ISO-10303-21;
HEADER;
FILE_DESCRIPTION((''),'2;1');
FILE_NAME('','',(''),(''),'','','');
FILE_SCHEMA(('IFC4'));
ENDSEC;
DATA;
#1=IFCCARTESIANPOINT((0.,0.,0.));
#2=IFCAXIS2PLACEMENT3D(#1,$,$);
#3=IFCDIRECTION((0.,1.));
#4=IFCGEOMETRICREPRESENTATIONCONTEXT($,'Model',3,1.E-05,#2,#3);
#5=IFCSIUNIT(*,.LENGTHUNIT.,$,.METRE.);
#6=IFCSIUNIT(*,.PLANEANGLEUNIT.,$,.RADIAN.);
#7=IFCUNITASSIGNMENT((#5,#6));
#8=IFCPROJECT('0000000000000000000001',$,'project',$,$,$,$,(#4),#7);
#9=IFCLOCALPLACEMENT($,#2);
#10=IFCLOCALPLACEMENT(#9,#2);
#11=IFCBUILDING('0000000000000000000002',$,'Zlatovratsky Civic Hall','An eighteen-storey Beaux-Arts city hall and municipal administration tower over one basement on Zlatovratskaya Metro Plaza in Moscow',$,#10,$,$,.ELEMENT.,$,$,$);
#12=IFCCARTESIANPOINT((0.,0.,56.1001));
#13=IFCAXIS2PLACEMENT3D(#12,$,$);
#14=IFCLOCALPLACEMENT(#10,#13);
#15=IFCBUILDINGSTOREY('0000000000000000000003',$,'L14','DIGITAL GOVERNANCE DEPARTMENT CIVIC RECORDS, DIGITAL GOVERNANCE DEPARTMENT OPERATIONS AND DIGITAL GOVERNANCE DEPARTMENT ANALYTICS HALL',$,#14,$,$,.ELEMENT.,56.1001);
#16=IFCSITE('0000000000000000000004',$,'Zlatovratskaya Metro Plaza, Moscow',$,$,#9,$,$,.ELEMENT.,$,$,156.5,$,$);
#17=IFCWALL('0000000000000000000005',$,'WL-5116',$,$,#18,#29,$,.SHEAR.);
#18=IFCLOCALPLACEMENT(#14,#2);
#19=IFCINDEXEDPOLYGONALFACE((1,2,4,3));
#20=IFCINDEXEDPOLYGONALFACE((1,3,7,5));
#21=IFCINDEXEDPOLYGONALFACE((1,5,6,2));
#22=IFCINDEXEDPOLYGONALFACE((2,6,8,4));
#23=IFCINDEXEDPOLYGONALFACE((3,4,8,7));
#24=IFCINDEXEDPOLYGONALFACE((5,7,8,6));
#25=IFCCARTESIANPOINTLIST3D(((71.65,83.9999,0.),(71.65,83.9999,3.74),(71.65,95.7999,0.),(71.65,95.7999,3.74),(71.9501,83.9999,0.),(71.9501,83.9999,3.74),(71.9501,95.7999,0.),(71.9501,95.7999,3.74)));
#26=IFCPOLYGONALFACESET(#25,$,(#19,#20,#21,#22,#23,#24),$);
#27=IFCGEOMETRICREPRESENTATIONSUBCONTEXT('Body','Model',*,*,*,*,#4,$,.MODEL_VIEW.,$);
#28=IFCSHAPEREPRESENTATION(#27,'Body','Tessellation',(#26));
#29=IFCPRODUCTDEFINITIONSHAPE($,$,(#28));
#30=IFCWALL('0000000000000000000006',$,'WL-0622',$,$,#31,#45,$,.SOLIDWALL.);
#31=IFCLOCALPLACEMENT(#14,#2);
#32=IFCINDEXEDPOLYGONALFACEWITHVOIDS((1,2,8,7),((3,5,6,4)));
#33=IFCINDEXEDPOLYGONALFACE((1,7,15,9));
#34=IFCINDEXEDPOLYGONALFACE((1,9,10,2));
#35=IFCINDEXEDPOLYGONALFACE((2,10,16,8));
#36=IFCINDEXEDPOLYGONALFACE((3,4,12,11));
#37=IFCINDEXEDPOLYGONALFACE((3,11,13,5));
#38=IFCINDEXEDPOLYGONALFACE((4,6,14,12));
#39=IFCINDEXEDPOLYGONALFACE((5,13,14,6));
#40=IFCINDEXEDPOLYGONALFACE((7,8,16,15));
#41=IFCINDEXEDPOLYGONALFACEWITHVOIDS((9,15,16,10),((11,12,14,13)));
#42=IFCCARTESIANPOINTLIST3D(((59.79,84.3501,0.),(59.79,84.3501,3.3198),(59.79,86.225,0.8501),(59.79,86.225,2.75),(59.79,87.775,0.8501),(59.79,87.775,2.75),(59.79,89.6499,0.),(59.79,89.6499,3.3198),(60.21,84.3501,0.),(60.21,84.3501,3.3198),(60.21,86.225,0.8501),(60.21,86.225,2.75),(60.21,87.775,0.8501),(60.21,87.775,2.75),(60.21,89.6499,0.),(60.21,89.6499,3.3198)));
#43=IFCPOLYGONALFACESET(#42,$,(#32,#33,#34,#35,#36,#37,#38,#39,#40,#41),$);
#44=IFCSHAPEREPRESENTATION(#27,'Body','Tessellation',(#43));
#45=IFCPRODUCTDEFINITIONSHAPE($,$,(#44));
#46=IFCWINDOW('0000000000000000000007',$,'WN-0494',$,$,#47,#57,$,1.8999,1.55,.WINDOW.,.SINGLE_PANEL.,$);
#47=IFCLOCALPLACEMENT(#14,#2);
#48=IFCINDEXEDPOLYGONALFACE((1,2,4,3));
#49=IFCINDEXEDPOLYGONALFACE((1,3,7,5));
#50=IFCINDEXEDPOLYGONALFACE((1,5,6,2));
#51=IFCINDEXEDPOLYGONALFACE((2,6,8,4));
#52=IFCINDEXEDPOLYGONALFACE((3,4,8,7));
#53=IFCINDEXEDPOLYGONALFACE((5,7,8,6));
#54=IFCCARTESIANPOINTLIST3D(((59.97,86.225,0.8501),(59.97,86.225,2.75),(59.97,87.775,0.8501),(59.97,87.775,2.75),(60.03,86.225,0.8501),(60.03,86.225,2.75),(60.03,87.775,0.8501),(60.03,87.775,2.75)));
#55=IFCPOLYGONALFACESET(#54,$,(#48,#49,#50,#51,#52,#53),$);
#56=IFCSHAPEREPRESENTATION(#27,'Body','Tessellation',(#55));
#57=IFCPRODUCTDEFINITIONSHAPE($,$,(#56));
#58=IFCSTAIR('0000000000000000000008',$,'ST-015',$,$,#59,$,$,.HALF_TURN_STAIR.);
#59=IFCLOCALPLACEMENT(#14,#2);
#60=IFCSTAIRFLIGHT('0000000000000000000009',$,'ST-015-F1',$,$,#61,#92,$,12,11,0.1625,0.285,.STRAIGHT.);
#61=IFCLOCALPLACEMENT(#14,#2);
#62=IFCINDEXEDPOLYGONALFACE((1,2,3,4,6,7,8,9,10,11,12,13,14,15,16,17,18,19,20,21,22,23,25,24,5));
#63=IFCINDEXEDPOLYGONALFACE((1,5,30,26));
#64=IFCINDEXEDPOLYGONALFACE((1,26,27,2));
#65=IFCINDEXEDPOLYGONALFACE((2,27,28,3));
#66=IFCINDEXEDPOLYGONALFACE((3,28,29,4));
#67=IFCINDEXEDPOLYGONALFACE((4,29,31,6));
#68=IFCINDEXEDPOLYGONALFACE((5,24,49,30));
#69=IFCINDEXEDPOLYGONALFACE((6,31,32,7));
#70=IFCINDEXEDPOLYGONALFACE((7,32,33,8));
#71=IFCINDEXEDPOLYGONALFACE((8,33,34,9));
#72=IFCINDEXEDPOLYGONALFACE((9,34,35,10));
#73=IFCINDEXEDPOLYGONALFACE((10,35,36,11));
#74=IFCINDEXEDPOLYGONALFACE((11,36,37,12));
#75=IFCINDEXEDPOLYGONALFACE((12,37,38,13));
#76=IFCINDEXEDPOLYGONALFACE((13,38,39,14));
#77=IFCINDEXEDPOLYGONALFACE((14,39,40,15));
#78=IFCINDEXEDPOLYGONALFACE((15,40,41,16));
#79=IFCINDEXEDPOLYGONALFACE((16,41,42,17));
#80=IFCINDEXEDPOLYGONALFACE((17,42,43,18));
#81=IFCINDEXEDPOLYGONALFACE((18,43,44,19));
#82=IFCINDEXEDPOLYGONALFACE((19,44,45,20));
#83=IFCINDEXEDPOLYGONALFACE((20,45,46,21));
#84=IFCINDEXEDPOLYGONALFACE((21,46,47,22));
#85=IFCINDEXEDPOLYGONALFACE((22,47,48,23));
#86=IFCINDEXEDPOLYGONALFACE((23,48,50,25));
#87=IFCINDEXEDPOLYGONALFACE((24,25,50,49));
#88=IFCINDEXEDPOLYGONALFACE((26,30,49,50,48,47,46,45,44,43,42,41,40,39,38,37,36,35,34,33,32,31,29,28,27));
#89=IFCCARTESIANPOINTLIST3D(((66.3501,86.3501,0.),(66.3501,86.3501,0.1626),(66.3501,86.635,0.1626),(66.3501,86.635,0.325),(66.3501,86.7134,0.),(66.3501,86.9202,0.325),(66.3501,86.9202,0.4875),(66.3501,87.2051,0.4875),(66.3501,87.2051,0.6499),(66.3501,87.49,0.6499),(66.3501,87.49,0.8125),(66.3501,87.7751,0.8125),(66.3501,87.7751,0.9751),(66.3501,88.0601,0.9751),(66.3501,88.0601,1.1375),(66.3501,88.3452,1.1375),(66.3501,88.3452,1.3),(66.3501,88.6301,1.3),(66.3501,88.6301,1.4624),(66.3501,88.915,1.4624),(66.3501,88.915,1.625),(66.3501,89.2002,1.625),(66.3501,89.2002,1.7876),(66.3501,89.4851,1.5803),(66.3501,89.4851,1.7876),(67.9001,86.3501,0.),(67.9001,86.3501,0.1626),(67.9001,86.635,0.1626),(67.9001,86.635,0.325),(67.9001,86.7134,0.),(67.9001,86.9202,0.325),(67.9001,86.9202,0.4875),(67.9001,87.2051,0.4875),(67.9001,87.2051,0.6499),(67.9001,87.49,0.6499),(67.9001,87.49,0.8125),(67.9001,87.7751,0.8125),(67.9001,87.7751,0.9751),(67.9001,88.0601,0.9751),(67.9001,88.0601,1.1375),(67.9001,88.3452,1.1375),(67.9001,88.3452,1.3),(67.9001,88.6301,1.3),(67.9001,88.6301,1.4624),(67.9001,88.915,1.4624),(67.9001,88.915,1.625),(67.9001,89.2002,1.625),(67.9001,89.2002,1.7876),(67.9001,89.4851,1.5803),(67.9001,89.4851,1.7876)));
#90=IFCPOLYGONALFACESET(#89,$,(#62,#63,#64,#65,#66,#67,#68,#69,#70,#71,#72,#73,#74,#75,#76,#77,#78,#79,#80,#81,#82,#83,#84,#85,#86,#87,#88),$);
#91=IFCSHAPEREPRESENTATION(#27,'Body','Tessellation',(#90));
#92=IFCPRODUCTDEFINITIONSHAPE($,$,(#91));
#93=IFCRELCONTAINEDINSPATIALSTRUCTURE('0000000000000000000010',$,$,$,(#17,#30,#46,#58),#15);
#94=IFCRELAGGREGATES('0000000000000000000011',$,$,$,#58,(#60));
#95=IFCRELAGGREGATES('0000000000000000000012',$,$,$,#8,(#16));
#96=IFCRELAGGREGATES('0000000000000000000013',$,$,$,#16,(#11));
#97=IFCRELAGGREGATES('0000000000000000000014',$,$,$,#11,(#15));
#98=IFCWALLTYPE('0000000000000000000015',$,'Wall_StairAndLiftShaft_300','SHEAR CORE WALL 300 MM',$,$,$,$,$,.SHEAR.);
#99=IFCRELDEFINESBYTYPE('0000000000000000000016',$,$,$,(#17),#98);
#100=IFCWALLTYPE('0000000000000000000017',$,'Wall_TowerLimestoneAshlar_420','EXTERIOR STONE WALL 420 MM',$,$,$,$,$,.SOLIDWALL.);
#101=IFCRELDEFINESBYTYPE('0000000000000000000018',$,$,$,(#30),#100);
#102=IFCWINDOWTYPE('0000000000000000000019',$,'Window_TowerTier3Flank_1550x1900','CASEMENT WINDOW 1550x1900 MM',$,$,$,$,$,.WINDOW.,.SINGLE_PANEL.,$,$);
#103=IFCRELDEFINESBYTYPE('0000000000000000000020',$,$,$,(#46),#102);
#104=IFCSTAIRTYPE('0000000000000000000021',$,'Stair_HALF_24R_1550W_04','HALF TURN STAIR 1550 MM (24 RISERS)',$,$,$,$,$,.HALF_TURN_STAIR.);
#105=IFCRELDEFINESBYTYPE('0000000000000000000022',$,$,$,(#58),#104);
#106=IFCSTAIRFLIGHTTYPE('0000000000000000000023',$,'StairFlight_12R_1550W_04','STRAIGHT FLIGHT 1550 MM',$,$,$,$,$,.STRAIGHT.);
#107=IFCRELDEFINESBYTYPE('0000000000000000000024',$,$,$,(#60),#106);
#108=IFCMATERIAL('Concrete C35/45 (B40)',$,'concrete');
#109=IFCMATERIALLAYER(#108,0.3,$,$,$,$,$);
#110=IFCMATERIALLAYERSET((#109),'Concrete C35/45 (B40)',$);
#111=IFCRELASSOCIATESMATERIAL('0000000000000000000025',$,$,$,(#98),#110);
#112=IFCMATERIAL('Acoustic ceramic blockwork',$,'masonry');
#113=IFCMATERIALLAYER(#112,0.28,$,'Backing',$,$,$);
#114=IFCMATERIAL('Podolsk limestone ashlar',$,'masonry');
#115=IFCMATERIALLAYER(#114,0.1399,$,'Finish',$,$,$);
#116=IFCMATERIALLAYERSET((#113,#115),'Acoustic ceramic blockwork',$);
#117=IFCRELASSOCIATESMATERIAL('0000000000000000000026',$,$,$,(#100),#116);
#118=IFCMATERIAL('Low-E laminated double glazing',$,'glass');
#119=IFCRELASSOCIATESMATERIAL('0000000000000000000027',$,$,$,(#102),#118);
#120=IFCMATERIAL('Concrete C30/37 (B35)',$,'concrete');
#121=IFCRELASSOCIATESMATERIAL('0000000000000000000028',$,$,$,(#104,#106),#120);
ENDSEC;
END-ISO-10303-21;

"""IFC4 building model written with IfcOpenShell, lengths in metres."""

from ifc_helpers import new_model, si_unit, direction, frame, frame_2d, origin, place, context, subcontext, project, spatial, polyline, rectangle, outline, extrude, material, layer, layer_set, type_object, element, fill, aggregate, save


model = new_model("IFC4")

# Units and contexts
model_context = context("Model", 3, precision=1e-05, world=origin(), true_north=direction((0.0, 1.0)))
body_context = subcontext(model_context, "Body", "Model", "MODEL_VIEW")
ifc_project = project(units=[si_unit("LENGTHUNIT", "METRE"), si_unit("PLANEANGLEUNIT", "RADIAN")], contexts=[model_context])

# Site, building, storey
site_placement = place(None, origin())
site = spatial("IfcSite", under=ifc_project, at=site_placement, Name="Zlatovratskaya Metro Plaza, Moscow", CompositionType="ELEMENT", RefElevation=156.5)
building_placement = place(site_placement, origin())
building = spatial("IfcBuilding", under=site, at=building_placement, Name="Zlatovratsky Civic Hall", Description="An eighteen-storey Beaux-Arts city hall and municipal administration tower over one basement on Zlatovratskaya Metro Plaza in Moscow", CompositionType="ELEMENT")
storey_placement = place(building_placement, frame((0.0, 0.0, 56.1001)))
storey = spatial("IfcBuildingStorey", under=building, at=storey_placement, Name="L14", Description="DIGITAL GOVERNANCE DEPARTMENT CIVIC RECORDS, DIGITAL GOVERNANCE DEPARTMENT OPERATIONS AND DIGITAL GOVERNANCE DEPARTMENT ANALYTICS HALL", CompositionType="ELEMENT", Elevation=56.1001)

# Shared definitions
ifc_material_1 = material(Name="Concrete C35/45 (B40)", Category="concrete")

# Shared definitions
ifc_layer_1 = layer(ifc_material_1, 0.3)
ifc_layer_set_1 = layer_set([ifc_layer_1], Name="Concrete C35/45 (B40)")
wall_type_1 = type_object("IfcWallType", Name="Wall_StairAndLiftShaft_300", Description="SHEAR CORE WALL 300 MM", PredefinedType="SHEAR", material=ifc_layer_set_1)

# Wall
for number, where, z_axis, x_axis, name in (
    (1, (71.8, 84.0, 0.0), (0.0, 0.0, 1.0), (0.0, 1.0, 0.0), "WL-5116"),
):
    element("IfcWall", number, at=place(storey_placement, frame(where, z_axis=z_axis, x_axis=x_axis)), inside=storey, type_object=wall_type_1, Name=name, PredefinedType="SHEAR", context=body_context, shape_type="SweptSolid", body=[
        extrude(rectangle(XDim=11.8, YDim=0.3, at=frame_2d((5.8999, 0.0))), origin(), (0.0, 0.0, 1.0), 3.74),
    ])

# Wall, opening, window
ifc_material_2 = material(Name="Acoustic ceramic blockwork", Category="masonry")
ifc_layer_2 = layer(ifc_material_2, 0.28, Name="Backing")
ifc_material_3 = material(Name="Podolsk limestone ashlar", Category="masonry")
ifc_layer_3 = layer(ifc_material_3, 0.1399, Name="Finish")
ifc_layer_set_2 = layer_set([ifc_layer_2, ifc_layer_3], Name="Acoustic ceramic blockwork")
wall_type_2 = type_object("IfcWallType", Name="Wall_TowerLimestoneAshlar_420", Description="EXTERIOR STONE WALL 420 MM", PredefinedType="SOLIDWALL", material=ifc_layer_set_2)
wall_1_placement = place(storey_placement, frame((60.0, 84.3501, 0.0), z_axis=(0.0, 0.0, 1.0), x_axis=(0.0, 1.0, 0.0)))
wall_1 = element("IfcWall", 2, at=wall_1_placement, inside=storey, type_object=wall_type_2, Name="WL-0622", PredefinedType="SOLIDWALL", context=body_context, shape_type="SweptSolid", body=[
    extrude(rectangle(XDim=5.2998, YDim=0.4199, at=frame_2d((2.6499, 0.0))), origin(), (0.0, 0.0, 1.0), 3.3198),
])
opening_1_placement = place(wall_1_placement, frame((1.875, 0.0, 0.8501)))
opening_1 = element("IfcOpeningElement", 3, at=opening_1_placement, cuts=wall_1, PredefinedType="OPENING", context=body_context, shape_type="SweptSolid", body=[
    extrude(rectangle(XDim=1.55, YDim=1.8999, at=frame_2d((0.7749, 0.95))), frame((0.0, 0.2249, 0.0), z_axis=(0.0, -1.0, 0.0), x_axis=(1.0, 0.0, 0.0)), (0.0, 0.0, 1.0), 0.4497),
])
ifc_material_4 = material(Name="Low-E laminated double glazing", Category="glass")
window_type = type_object("IfcWindowType", Name="Window_TowerTier3Flank_1550x1900", Description="CASEMENT WINDOW 1550x1900 MM", PartitioningType="SINGLE_PANEL", PredefinedType="WINDOW", material=ifc_material_4)
window_placement = place(opening_1_placement, origin())
window = element("IfcWindow", 4, at=window_placement, inside=storey, type_object=window_type, Name="WN-0494", OverallHeight=1.8999, OverallWidth=1.55, PartitioningType="SINGLE_PANEL", PredefinedType="WINDOW", context=body_context, shape_type="SweptSolid", body=[
    extrude(rectangle(XDim=1.55, YDim=1.8999, at=frame_2d((0.7749, 0.95))), frame((0.0, 0.03, 0.0), z_axis=(0.0, -1.0, 0.0), x_axis=(1.0, 0.0, 0.0)), (0.0, 0.0, 1.0), 0.0601),
])
fill(opening_1, window)

# Stair, stair flight
ifc_material_5 = material(Name="Concrete C30/37 (B35)", Category="concrete")
stair_type = type_object("IfcStairType", Name="Stair_HALF_24R_1550W_04", Description="HALF TURN STAIR 1550 MM (24 RISERS)", PredefinedType="HALF_TURN_STAIR", material=ifc_material_5)
stair_placement = place(storey_placement, origin())
stair = element("IfcStair", 5, at=stair_placement, inside=storey, type_object=stair_type, Name="ST-015", PredefinedType="HALF_TURN_STAIR")
stair_flight_type = type_object("IfcStairFlightType", Name="StairFlight_12R_1550W_04", Description="STRAIGHT FLIGHT 1550 MM", PredefinedType="STRAIGHT", material=ifc_material_5)
stair_flight_placement = place(storey_placement, frame((67.125, 86.3501, 0.0), z_axis=(0.0, 0.0, 1.0), x_axis=(0.0, 1.0, 0.0)))
stair_flight = element("IfcStairFlight", 6, at=stair_flight_placement, type_object=stair_flight_type, Name="ST-015-F1", NumberOfRisers=12, NumberOfTreads=11, PredefinedType="STRAIGHT", RiserHeight=0.1625, TreadLength=0.285, context=body_context, shape_type="SweptSolid", body=[
    extrude(outline(polyline([(0.0, 0.0), (0.0, 0.1626), (0.2849, 0.1626), (0.2849, 0.325), (0.5701, 0.325), (0.5701, 0.4875), (0.855, 0.4875), (0.855, 0.6499), (1.1399, 0.6499), (1.1399, 0.8125), (1.425, 0.8125), (1.425, 0.9751), (1.71, 0.9751), (1.71, 1.1375), (1.9951, 1.1375), (1.9951, 1.3), (2.28, 1.3), (2.28, 1.4624), (2.5649, 1.4624), (2.5649, 1.625), (2.8501, 1.625), (2.8501, 1.7876), (3.135, 1.7876), (3.135, 1.95), (3.135, 1.5803), (0.3633, 0.0), (0.0, 0.0)])), frame((0.0, 0.7749, 0.0), z_axis=(0.0, -1.0, 0.0), x_axis=(1.0, 0.0, 0.0)), (0.0, 0.0, 1.0), 1.55),
])
aggregate(stair, [stair_flight])

save(model, "model.ifc")
